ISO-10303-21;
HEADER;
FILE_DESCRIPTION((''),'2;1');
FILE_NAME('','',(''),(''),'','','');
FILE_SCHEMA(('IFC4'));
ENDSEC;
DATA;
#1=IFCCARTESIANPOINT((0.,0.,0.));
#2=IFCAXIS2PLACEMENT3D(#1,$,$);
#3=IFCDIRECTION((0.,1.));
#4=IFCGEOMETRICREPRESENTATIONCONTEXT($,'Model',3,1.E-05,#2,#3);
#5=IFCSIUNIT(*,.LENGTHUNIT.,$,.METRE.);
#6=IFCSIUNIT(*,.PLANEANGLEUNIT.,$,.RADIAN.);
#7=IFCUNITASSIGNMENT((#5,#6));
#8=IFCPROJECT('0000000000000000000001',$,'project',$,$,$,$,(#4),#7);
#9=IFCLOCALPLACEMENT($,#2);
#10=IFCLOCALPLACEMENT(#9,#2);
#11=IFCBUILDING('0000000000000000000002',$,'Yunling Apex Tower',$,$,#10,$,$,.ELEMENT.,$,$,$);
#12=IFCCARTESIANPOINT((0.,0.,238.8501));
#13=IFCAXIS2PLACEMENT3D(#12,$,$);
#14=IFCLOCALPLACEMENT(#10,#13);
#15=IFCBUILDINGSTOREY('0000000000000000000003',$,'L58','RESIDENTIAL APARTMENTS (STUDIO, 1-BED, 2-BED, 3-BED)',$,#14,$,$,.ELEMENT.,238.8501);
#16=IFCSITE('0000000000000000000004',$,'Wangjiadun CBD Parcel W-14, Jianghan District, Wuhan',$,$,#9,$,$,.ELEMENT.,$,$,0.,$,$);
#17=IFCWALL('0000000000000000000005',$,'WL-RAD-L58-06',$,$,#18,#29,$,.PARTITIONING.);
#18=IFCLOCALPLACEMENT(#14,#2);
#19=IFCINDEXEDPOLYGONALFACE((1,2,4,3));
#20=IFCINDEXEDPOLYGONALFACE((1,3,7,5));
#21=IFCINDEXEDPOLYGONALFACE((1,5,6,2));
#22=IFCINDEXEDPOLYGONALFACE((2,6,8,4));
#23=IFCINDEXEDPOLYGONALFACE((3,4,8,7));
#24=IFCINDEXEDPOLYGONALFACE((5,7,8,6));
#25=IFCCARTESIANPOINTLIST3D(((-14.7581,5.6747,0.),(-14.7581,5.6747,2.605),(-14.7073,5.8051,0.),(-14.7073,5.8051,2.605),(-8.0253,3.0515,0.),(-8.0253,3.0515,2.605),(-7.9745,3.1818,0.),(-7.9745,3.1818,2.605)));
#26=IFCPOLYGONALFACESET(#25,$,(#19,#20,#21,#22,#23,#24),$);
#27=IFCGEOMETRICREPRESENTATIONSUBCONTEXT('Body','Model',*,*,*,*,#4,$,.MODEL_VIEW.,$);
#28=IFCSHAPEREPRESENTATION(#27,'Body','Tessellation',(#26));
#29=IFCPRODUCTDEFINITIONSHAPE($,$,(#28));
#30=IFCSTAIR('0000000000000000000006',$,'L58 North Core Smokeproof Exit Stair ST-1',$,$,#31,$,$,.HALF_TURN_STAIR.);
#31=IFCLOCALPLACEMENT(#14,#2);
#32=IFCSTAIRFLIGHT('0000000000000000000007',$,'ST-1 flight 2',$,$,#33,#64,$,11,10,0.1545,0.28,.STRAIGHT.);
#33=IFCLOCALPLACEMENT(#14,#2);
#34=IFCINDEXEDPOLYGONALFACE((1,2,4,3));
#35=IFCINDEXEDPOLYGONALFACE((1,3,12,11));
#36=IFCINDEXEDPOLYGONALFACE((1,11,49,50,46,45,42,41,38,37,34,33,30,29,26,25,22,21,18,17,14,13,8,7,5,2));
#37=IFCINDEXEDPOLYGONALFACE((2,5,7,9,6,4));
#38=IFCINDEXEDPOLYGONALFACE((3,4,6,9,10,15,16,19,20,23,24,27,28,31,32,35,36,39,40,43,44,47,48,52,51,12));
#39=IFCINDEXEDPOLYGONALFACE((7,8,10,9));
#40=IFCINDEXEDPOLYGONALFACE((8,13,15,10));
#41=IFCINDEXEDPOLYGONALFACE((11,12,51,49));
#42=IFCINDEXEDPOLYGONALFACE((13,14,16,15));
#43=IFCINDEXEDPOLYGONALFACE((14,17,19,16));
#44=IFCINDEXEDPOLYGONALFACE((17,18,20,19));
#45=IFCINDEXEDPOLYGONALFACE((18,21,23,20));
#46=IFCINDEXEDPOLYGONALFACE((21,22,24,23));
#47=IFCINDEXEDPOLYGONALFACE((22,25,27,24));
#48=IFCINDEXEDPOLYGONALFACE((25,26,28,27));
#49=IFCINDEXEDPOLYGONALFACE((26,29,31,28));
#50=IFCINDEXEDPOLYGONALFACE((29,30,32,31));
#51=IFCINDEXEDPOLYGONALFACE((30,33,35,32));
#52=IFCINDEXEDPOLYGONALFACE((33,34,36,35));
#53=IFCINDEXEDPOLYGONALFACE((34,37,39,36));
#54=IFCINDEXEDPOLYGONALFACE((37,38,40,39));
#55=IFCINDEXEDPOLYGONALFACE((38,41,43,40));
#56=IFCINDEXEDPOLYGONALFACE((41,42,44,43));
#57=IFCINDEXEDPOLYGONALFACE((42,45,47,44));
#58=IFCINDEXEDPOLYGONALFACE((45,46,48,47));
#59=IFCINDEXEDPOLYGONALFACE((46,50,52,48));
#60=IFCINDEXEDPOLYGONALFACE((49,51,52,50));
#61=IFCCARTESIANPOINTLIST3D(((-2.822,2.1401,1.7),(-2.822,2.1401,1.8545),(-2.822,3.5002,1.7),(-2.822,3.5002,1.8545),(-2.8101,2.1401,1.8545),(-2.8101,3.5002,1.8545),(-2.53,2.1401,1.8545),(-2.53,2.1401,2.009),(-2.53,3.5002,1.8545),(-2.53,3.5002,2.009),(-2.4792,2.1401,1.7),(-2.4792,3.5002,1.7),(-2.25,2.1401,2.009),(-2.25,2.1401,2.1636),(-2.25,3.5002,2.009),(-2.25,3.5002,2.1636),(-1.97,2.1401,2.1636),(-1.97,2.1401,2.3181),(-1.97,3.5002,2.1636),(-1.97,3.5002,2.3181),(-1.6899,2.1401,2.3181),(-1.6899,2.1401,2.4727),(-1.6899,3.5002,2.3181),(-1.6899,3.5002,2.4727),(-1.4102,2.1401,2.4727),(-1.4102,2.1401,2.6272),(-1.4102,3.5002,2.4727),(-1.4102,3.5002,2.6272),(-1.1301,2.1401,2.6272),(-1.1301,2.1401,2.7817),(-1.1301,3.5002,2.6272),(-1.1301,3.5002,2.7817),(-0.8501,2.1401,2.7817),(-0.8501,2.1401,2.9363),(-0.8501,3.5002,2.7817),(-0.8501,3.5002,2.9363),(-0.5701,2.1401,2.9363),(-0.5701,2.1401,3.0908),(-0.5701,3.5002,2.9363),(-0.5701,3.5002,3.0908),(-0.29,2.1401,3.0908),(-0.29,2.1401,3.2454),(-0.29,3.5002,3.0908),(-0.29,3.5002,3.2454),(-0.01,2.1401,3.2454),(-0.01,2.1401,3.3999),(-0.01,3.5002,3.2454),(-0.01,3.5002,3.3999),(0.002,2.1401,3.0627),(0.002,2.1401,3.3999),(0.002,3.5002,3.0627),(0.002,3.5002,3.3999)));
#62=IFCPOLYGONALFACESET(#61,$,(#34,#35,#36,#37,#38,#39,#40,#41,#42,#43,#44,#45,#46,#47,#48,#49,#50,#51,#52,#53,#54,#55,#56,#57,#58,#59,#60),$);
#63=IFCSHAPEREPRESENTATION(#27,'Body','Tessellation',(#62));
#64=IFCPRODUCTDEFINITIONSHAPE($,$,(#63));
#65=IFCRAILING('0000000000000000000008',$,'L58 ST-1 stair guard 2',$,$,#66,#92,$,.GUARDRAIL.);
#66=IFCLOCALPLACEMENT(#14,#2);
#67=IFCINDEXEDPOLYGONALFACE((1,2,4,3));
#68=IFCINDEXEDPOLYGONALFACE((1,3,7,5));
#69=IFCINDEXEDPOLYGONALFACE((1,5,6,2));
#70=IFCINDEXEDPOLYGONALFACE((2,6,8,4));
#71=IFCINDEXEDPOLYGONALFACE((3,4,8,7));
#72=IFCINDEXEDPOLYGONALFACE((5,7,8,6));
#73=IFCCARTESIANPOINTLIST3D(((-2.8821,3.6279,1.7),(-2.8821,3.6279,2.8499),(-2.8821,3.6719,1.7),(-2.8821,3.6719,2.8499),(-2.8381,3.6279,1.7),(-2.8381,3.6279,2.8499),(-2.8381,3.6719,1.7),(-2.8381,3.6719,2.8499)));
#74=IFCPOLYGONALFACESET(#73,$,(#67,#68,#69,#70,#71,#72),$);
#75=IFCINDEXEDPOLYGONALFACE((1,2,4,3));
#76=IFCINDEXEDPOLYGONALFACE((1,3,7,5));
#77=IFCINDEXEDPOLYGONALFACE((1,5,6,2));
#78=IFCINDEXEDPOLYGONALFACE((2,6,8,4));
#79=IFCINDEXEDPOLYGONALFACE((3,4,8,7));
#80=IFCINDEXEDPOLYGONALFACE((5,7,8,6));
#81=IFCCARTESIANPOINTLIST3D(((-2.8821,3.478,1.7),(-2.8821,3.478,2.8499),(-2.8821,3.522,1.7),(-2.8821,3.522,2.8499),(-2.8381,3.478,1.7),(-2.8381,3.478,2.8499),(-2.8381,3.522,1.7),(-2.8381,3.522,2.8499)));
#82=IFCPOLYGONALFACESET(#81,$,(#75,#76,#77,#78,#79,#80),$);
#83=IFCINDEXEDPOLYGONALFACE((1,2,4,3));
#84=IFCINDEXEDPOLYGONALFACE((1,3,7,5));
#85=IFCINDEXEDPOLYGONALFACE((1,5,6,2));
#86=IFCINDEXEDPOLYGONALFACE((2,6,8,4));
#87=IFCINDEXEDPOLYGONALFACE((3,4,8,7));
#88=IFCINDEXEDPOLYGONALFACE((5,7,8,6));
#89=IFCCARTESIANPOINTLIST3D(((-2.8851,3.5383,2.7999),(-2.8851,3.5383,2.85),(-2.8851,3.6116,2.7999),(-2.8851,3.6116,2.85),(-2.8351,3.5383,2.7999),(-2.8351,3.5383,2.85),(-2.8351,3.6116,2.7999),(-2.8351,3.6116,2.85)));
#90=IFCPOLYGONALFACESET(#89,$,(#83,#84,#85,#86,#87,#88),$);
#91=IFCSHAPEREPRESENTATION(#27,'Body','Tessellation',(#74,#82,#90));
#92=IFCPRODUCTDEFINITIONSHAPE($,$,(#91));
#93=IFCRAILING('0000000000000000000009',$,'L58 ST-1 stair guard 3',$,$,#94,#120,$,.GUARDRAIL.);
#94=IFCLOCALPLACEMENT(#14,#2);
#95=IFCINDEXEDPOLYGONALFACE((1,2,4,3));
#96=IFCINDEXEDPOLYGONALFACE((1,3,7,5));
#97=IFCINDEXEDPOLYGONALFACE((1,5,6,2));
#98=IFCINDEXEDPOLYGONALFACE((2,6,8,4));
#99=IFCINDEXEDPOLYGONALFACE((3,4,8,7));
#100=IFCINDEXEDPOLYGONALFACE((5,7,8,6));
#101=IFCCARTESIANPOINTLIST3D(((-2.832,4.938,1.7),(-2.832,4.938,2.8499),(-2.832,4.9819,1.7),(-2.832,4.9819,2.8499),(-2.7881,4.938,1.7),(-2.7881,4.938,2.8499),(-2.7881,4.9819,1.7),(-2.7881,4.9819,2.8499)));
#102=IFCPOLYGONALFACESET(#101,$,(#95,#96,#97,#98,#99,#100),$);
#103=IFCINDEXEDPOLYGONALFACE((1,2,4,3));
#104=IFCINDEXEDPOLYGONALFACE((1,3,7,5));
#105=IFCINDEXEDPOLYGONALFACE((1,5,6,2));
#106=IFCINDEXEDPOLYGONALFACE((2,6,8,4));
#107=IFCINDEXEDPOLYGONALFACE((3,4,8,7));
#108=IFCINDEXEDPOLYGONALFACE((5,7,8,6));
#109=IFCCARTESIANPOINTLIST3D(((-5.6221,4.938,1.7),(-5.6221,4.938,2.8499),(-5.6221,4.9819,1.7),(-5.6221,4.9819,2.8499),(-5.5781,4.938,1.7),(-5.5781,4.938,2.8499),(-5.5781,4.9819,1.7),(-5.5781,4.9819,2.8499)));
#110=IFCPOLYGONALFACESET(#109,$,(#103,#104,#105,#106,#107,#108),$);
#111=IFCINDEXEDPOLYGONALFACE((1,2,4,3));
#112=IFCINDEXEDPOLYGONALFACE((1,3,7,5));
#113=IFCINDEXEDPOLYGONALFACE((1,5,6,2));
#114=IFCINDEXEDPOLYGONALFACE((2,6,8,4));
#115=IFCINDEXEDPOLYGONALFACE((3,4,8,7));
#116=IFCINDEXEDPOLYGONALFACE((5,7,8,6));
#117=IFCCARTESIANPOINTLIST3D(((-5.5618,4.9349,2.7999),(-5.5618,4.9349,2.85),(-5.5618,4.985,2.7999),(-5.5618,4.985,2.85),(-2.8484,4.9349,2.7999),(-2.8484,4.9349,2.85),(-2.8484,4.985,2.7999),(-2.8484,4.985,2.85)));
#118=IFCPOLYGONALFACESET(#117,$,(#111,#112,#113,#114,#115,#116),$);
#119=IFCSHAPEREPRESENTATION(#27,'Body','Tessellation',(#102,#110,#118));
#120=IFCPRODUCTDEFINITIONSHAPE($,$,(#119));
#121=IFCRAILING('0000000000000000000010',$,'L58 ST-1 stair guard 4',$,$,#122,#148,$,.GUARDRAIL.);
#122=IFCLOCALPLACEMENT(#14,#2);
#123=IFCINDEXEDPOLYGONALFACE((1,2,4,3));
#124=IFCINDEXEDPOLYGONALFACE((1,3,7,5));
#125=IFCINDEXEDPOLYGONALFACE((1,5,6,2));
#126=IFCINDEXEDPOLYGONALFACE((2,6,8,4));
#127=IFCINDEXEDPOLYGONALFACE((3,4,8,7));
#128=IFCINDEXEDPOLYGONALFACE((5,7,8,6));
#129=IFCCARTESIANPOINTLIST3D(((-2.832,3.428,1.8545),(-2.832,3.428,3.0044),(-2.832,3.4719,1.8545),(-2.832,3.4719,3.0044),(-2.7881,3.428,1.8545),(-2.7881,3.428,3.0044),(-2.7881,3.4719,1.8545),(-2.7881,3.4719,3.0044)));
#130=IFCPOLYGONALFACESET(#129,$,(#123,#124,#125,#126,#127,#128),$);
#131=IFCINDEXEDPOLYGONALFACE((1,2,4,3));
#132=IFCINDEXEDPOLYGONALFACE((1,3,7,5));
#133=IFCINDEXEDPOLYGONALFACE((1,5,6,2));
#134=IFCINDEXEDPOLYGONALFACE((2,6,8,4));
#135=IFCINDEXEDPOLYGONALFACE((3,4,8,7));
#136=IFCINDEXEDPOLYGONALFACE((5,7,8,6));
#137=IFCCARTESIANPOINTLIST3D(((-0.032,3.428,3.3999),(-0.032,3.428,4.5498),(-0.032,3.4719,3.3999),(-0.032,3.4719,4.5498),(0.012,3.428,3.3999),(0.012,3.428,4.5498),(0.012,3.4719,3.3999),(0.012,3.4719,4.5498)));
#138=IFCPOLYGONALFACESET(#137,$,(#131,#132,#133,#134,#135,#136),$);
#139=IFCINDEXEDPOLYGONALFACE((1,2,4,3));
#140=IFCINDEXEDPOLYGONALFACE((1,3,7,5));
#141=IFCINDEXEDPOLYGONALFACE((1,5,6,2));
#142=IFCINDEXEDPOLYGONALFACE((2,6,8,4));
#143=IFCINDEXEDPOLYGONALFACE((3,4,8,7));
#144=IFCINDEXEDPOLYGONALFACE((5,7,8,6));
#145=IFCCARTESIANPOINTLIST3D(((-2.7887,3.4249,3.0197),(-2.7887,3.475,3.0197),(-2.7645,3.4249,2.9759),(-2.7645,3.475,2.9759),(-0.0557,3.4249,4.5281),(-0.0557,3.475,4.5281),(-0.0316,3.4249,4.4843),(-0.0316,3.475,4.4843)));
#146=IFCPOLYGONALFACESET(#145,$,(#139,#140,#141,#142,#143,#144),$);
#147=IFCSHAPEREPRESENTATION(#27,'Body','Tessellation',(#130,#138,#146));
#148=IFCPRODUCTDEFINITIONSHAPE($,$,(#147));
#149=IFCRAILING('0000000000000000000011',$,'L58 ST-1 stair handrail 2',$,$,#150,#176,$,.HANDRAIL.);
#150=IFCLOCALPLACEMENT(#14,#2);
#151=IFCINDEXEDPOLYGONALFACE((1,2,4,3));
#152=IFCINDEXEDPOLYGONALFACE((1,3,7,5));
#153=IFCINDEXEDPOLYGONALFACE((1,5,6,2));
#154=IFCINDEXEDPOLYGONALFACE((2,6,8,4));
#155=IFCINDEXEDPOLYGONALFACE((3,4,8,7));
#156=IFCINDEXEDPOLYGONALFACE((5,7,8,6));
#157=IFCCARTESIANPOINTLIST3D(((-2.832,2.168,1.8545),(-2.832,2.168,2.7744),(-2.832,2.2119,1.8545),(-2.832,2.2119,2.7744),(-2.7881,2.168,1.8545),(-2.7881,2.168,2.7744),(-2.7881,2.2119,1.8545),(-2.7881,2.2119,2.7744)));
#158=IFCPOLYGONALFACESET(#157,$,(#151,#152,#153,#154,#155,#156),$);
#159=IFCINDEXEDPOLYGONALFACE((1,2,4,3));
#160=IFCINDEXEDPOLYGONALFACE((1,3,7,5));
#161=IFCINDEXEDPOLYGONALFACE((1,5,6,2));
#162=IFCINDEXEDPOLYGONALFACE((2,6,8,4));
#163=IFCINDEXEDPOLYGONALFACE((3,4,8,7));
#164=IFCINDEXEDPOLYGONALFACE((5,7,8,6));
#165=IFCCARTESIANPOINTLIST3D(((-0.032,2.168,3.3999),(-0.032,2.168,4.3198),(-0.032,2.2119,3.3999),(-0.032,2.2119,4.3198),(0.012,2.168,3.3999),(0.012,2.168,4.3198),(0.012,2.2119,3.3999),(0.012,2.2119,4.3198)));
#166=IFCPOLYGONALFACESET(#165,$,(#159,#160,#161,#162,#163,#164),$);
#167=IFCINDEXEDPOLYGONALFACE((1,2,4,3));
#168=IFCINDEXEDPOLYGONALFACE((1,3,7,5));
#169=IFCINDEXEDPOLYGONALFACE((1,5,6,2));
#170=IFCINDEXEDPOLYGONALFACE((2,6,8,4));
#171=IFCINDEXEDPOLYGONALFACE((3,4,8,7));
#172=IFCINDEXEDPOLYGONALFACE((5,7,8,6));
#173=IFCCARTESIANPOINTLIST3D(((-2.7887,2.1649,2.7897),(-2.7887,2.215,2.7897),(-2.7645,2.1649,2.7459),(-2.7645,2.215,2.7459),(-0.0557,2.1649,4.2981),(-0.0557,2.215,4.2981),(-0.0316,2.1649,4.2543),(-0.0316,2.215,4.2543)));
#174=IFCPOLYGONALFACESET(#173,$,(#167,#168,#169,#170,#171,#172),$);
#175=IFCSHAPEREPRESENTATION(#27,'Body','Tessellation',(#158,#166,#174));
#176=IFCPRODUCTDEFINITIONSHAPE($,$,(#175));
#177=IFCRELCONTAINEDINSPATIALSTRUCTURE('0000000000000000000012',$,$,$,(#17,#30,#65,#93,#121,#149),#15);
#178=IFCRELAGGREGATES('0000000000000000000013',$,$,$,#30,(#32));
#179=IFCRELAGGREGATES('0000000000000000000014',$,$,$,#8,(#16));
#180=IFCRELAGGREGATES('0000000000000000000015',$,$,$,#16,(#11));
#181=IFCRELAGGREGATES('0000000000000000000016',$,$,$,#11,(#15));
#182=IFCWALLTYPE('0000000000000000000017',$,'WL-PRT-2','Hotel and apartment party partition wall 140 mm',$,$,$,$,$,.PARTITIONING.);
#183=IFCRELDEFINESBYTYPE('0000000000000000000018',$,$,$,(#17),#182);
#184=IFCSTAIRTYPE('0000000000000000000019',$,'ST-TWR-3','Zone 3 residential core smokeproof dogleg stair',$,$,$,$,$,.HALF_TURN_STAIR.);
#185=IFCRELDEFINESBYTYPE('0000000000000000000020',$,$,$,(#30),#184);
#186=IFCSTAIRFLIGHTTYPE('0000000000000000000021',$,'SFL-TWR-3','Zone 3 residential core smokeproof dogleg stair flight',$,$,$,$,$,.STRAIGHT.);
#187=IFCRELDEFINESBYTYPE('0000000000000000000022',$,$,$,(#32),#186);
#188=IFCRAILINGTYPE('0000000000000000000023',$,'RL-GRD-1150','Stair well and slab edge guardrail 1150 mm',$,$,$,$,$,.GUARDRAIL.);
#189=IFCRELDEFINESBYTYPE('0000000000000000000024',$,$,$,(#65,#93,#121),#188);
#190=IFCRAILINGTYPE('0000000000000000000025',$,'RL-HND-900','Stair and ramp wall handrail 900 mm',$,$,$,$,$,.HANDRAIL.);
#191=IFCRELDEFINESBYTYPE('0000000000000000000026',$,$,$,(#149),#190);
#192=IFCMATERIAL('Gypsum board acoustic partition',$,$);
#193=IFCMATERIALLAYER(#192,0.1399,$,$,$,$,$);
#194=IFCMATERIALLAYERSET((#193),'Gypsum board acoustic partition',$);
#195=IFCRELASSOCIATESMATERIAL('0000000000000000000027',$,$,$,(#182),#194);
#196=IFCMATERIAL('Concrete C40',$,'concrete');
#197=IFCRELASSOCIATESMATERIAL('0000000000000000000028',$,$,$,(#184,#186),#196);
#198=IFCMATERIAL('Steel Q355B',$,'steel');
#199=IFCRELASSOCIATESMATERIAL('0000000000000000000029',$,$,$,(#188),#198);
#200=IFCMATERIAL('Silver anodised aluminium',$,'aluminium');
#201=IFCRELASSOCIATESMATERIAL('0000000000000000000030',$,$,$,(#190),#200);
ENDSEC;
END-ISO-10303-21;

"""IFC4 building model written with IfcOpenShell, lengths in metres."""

from ifc_helpers import new_model, si_unit, direction, frame, frame_2d, origin, origin_2d, place, context, subcontext, project, spatial, polyline, rectangle, outline, extrude, material, layer, layer_set, type_object, element, aggregate, save


model = new_model("IFC4")

# Units and contexts
model_context = context("Model", 3, precision=1e-05, world=origin(), true_north=direction((0.0, 1.0)))
body_context = subcontext(model_context, "Body", "Model", "MODEL_VIEW")
ifc_project = project(units=[si_unit("LENGTHUNIT", "METRE"), si_unit("PLANEANGLEUNIT", "RADIAN")], contexts=[model_context])

# Site, building, storey
site_placement = place(None, origin())
site = spatial("IfcSite", under=ifc_project, at=site_placement, Name="Wangjiadun CBD Parcel W-14, Jianghan District, Wuhan", CompositionType="ELEMENT", RefElevation=0.0)
building_placement = place(site_placement, origin())
building = spatial("IfcBuilding", under=site, at=building_placement, Name="Yunling Apex Tower", CompositionType="ELEMENT")
storey_placement = place(building_placement, frame((0.0, 0.0, 238.8501)))
storey = spatial("IfcBuildingStorey", under=building, at=storey_placement, Name="L58", Description="RESIDENTIAL APARTMENTS (STUDIO, 1-BED, 2-BED, 3-BED)", CompositionType="ELEMENT", Elevation=238.8501)

# Shared definitions
ifc_material_1 = material(Name="Steel Q355B", Category="steel")

# Shared definitions
ifc_material_2 = material(Name="Concrete C40", Category="concrete")

# Wall
ifc_material_3 = material(Name="Gypsum board acoustic partition")
ifc_layer_1 = layer(ifc_material_3, 0.1399)
ifc_layer_set_1 = layer_set([ifc_layer_1], Name="Gypsum board acoustic partition")
wall_type_1 = type_object("IfcWallType", Name="WL-PRT-2", Description="Hotel and apartment party partition wall 140 mm", PredefinedType="PARTITIONING", material=ifc_layer_set_1)
wall_1_placement = place(storey_placement, frame((-8.0, 3.1167, 0.0), z_axis=(0.0, 0.0, 1.0), x_axis=(-0.931774, 0.36304, 0.0)))
element("IfcWall", 1, at=wall_1_placement, inside=storey, type_object=wall_type_1, Name="WL-RAD-L58-06", PredefinedType="PARTITIONING", context=body_context, shape_type="SweptSolid", body=[
    extrude(rectangle(XDim=7.2258, YDim=0.1399, at=frame_2d((3.6128, 0.0))), origin(), (0.0, 0.0, 1.0), 2.605),
])

# Stair, stair flight
stair_type = type_object("IfcStairType", Name="ST-TWR-3", Description="Zone 3 residential core smokeproof dogleg stair", PredefinedType="HALF_TURN_STAIR", material=ifc_material_2)
stair_placement = place(storey_placement, origin())
stair = element("IfcStair", 2, at=stair_placement, inside=storey, type_object=stair_type, Name="L58 North Core Smokeproof Exit Stair ST-1", PredefinedType="HALF_TURN_STAIR")
stair_flight_type = type_object("IfcStairFlightType", Name="SFL-TWR-3", Description="Zone 3 residential core smokeproof dogleg stair flight", PredefinedType="STRAIGHT", material=ifc_material_2)
stair_flight_placement = place(storey_placement, frame((-2.8101, 2.8201, 1.7), z_axis=(0.0, 0.0, 1.0), x_axis=(1.0, 0.0, 0.0)))
stair_flight = element("IfcStairFlight", 3, at=stair_flight_placement, type_object=stair_flight_type, Name="ST-1 flight 2", NumberOfRisers=11, NumberOfTreads=10, PredefinedType="STRAIGHT", RiserHeight=0.1545, TreadLength=0.28, context=body_context, shape_type="SweptSolid", body=[
    extrude(outline(polyline([(-0.012, 0.0), (-0.012, 0.1545), (0.0, 0.1545), (0.28, 0.1545), (0.28, 0.3091), (0.5601, 0.3091), (0.5601, 0.4636), (0.8401, 0.4636), (0.8401, 0.6182), (1.1201, 0.6182), (1.1201, 0.7727), (1.3999, 0.7727), (1.3999, 0.9272), (1.6799, 0.9272), (1.6799, 1.0818), (1.96, 1.0818), (1.96, 1.2363), (2.24, 1.2363), (2.24, 1.3909), (2.52, 1.3909), (2.52, 1.5454), (2.8, 1.5454), (2.8, 1.7), (2.812, 1.7), (2.812, 1.3628), (0.3308, 0.0), (-0.012, 0.0)])), frame((0.0, 0.6802, 0.0), z_axis=(0.0, -1.0, 0.0), x_axis=(1.0, 0.0, 0.0)), (0.0, 0.0, 1.0), 1.3601),
])
aggregate(stair, [stair_flight])

# Railings
railing_type_1 = type_object("IfcRailingType", Name="RL-GRD-1150", Description="Stair well and slab edge guardrail 1150 mm", PredefinedType="GUARDRAIL", material=ifc_material_1)
railing_1_placement = place(storey_placement, frame((-2.8601, 3.6499, 1.7)))
element("IfcRailing", 4, at=railing_1_placement, inside=storey, type_object=railing_type_1, Name="L58 ST-1 stair guard 2", PredefinedType="GUARDRAIL", context=body_context, shape_type="SweptSolid", body=[
    extrude(rectangle(XDim=0.0439, YDim=0.0439, at=origin_2d()), origin(), (0.0, 0.0, 1.0), 1.1499),
    extrude(rectangle(XDim=0.0439, YDim=0.0439, at=origin_2d()), frame((0.0, -0.1499, 0.0)), (0.0, 0.0, 1.0), 1.1499),
    extrude(rectangle(XDim=0.05, YDim=0.05, at=origin_2d()), frame((0.0, -0.0383, 1.125), z_axis=(0.0, -1.0, 0.0), x_axis=(1.0, 0.0, 0.0)), (0.0, 0.0, 1.0), 0.0732),
])
railing_2_placement = place(storey_placement, frame((-2.8101, 4.96, 1.7)))
element("IfcRailing", 5, at=railing_2_placement, inside=storey, type_object=railing_type_1, Name="L58 ST-1 stair guard 3", PredefinedType="GUARDRAIL", context=body_context, shape_type="SweptSolid", body=[
    extrude(rectangle(XDim=0.0439, YDim=0.0439, at=origin_2d()), origin(), (0.0, 0.0, 1.0), 1.1499),
    extrude(rectangle(XDim=0.0439, YDim=0.0439, at=origin_2d()), frame((-2.79, 0.0, 0.0)), (0.0, 0.0, 1.0), 1.1499),
    extrude(rectangle(XDim=0.05, YDim=0.05, at=origin_2d()), frame((-0.0383, 0.0, 1.125), z_axis=(-1.0, 0.0, 0.0), x_axis=(0.0, -1.0, 0.0)), (0.0, 0.0, 1.0), 2.7134),
])
railing_3_placement = place(storey_placement, frame((-2.8101, 3.45, 1.8545)))
element("IfcRailing", 6, at=railing_3_placement, inside=storey, type_object=railing_type_1, Name="L58 ST-1 stair guard 4", PredefinedType="GUARDRAIL", context=body_context, shape_type="SweptSolid", body=[
    extrude(rectangle(XDim=0.0439, YDim=0.0439, at=origin_2d()), origin(), (0.0, 0.0, 1.0), 1.1499),
    extrude(rectangle(XDim=0.0439, YDim=0.0439, at=origin_2d()), frame((2.8, 0.0, 1.5454)), (0.0, 0.0, 1.0), 1.1499),
    extrude(rectangle(XDim=0.05, YDim=0.05, at=origin_2d()), frame((0.0334, 0.0, 1.1433), z_axis=(0.875504, 0.0, 0.483211), x_axis=(0.0, 1.0, 0.0)), (0.0, 0.0, 1.0), 3.1216),
])
ifc_material_4 = material(Name="Silver anodised aluminium", Category="aluminium")
railing_type_2 = type_object("IfcRailingType", Name="RL-HND-900", Description="Stair and ramp wall handrail 900 mm", PredefinedType="HANDRAIL", material=ifc_material_4)
railing_4_placement = place(storey_placement, frame((-2.8101, 2.1899, 1.8545)))
element("IfcRailing", 7, at=railing_4_placement, inside=storey, type_object=railing_type_2, Name="L58 ST-1 stair handrail 2", PredefinedType="HANDRAIL", context=body_context, shape_type="SweptSolid", body=[
    extrude(rectangle(XDim=0.0439, YDim=0.0439, at=origin_2d()), origin(), (0.0, 0.0, 1.0), 0.9199),
    extrude(rectangle(XDim=0.0439, YDim=0.0439, at=origin_2d()), frame((2.8, 0.0, 1.5454)), (0.0, 0.0, 1.0), 0.9199),
    extrude(rectangle(XDim=0.05, YDim=0.05, at=origin_2d()), frame((0.0334, 0.0, 0.9133), z_axis=(0.875504, 0.0, 0.483211), x_axis=(0.0, 1.0, 0.0)), (0.0, 0.0, 1.0), 3.1216),
])

save(model, "model.ifc")
